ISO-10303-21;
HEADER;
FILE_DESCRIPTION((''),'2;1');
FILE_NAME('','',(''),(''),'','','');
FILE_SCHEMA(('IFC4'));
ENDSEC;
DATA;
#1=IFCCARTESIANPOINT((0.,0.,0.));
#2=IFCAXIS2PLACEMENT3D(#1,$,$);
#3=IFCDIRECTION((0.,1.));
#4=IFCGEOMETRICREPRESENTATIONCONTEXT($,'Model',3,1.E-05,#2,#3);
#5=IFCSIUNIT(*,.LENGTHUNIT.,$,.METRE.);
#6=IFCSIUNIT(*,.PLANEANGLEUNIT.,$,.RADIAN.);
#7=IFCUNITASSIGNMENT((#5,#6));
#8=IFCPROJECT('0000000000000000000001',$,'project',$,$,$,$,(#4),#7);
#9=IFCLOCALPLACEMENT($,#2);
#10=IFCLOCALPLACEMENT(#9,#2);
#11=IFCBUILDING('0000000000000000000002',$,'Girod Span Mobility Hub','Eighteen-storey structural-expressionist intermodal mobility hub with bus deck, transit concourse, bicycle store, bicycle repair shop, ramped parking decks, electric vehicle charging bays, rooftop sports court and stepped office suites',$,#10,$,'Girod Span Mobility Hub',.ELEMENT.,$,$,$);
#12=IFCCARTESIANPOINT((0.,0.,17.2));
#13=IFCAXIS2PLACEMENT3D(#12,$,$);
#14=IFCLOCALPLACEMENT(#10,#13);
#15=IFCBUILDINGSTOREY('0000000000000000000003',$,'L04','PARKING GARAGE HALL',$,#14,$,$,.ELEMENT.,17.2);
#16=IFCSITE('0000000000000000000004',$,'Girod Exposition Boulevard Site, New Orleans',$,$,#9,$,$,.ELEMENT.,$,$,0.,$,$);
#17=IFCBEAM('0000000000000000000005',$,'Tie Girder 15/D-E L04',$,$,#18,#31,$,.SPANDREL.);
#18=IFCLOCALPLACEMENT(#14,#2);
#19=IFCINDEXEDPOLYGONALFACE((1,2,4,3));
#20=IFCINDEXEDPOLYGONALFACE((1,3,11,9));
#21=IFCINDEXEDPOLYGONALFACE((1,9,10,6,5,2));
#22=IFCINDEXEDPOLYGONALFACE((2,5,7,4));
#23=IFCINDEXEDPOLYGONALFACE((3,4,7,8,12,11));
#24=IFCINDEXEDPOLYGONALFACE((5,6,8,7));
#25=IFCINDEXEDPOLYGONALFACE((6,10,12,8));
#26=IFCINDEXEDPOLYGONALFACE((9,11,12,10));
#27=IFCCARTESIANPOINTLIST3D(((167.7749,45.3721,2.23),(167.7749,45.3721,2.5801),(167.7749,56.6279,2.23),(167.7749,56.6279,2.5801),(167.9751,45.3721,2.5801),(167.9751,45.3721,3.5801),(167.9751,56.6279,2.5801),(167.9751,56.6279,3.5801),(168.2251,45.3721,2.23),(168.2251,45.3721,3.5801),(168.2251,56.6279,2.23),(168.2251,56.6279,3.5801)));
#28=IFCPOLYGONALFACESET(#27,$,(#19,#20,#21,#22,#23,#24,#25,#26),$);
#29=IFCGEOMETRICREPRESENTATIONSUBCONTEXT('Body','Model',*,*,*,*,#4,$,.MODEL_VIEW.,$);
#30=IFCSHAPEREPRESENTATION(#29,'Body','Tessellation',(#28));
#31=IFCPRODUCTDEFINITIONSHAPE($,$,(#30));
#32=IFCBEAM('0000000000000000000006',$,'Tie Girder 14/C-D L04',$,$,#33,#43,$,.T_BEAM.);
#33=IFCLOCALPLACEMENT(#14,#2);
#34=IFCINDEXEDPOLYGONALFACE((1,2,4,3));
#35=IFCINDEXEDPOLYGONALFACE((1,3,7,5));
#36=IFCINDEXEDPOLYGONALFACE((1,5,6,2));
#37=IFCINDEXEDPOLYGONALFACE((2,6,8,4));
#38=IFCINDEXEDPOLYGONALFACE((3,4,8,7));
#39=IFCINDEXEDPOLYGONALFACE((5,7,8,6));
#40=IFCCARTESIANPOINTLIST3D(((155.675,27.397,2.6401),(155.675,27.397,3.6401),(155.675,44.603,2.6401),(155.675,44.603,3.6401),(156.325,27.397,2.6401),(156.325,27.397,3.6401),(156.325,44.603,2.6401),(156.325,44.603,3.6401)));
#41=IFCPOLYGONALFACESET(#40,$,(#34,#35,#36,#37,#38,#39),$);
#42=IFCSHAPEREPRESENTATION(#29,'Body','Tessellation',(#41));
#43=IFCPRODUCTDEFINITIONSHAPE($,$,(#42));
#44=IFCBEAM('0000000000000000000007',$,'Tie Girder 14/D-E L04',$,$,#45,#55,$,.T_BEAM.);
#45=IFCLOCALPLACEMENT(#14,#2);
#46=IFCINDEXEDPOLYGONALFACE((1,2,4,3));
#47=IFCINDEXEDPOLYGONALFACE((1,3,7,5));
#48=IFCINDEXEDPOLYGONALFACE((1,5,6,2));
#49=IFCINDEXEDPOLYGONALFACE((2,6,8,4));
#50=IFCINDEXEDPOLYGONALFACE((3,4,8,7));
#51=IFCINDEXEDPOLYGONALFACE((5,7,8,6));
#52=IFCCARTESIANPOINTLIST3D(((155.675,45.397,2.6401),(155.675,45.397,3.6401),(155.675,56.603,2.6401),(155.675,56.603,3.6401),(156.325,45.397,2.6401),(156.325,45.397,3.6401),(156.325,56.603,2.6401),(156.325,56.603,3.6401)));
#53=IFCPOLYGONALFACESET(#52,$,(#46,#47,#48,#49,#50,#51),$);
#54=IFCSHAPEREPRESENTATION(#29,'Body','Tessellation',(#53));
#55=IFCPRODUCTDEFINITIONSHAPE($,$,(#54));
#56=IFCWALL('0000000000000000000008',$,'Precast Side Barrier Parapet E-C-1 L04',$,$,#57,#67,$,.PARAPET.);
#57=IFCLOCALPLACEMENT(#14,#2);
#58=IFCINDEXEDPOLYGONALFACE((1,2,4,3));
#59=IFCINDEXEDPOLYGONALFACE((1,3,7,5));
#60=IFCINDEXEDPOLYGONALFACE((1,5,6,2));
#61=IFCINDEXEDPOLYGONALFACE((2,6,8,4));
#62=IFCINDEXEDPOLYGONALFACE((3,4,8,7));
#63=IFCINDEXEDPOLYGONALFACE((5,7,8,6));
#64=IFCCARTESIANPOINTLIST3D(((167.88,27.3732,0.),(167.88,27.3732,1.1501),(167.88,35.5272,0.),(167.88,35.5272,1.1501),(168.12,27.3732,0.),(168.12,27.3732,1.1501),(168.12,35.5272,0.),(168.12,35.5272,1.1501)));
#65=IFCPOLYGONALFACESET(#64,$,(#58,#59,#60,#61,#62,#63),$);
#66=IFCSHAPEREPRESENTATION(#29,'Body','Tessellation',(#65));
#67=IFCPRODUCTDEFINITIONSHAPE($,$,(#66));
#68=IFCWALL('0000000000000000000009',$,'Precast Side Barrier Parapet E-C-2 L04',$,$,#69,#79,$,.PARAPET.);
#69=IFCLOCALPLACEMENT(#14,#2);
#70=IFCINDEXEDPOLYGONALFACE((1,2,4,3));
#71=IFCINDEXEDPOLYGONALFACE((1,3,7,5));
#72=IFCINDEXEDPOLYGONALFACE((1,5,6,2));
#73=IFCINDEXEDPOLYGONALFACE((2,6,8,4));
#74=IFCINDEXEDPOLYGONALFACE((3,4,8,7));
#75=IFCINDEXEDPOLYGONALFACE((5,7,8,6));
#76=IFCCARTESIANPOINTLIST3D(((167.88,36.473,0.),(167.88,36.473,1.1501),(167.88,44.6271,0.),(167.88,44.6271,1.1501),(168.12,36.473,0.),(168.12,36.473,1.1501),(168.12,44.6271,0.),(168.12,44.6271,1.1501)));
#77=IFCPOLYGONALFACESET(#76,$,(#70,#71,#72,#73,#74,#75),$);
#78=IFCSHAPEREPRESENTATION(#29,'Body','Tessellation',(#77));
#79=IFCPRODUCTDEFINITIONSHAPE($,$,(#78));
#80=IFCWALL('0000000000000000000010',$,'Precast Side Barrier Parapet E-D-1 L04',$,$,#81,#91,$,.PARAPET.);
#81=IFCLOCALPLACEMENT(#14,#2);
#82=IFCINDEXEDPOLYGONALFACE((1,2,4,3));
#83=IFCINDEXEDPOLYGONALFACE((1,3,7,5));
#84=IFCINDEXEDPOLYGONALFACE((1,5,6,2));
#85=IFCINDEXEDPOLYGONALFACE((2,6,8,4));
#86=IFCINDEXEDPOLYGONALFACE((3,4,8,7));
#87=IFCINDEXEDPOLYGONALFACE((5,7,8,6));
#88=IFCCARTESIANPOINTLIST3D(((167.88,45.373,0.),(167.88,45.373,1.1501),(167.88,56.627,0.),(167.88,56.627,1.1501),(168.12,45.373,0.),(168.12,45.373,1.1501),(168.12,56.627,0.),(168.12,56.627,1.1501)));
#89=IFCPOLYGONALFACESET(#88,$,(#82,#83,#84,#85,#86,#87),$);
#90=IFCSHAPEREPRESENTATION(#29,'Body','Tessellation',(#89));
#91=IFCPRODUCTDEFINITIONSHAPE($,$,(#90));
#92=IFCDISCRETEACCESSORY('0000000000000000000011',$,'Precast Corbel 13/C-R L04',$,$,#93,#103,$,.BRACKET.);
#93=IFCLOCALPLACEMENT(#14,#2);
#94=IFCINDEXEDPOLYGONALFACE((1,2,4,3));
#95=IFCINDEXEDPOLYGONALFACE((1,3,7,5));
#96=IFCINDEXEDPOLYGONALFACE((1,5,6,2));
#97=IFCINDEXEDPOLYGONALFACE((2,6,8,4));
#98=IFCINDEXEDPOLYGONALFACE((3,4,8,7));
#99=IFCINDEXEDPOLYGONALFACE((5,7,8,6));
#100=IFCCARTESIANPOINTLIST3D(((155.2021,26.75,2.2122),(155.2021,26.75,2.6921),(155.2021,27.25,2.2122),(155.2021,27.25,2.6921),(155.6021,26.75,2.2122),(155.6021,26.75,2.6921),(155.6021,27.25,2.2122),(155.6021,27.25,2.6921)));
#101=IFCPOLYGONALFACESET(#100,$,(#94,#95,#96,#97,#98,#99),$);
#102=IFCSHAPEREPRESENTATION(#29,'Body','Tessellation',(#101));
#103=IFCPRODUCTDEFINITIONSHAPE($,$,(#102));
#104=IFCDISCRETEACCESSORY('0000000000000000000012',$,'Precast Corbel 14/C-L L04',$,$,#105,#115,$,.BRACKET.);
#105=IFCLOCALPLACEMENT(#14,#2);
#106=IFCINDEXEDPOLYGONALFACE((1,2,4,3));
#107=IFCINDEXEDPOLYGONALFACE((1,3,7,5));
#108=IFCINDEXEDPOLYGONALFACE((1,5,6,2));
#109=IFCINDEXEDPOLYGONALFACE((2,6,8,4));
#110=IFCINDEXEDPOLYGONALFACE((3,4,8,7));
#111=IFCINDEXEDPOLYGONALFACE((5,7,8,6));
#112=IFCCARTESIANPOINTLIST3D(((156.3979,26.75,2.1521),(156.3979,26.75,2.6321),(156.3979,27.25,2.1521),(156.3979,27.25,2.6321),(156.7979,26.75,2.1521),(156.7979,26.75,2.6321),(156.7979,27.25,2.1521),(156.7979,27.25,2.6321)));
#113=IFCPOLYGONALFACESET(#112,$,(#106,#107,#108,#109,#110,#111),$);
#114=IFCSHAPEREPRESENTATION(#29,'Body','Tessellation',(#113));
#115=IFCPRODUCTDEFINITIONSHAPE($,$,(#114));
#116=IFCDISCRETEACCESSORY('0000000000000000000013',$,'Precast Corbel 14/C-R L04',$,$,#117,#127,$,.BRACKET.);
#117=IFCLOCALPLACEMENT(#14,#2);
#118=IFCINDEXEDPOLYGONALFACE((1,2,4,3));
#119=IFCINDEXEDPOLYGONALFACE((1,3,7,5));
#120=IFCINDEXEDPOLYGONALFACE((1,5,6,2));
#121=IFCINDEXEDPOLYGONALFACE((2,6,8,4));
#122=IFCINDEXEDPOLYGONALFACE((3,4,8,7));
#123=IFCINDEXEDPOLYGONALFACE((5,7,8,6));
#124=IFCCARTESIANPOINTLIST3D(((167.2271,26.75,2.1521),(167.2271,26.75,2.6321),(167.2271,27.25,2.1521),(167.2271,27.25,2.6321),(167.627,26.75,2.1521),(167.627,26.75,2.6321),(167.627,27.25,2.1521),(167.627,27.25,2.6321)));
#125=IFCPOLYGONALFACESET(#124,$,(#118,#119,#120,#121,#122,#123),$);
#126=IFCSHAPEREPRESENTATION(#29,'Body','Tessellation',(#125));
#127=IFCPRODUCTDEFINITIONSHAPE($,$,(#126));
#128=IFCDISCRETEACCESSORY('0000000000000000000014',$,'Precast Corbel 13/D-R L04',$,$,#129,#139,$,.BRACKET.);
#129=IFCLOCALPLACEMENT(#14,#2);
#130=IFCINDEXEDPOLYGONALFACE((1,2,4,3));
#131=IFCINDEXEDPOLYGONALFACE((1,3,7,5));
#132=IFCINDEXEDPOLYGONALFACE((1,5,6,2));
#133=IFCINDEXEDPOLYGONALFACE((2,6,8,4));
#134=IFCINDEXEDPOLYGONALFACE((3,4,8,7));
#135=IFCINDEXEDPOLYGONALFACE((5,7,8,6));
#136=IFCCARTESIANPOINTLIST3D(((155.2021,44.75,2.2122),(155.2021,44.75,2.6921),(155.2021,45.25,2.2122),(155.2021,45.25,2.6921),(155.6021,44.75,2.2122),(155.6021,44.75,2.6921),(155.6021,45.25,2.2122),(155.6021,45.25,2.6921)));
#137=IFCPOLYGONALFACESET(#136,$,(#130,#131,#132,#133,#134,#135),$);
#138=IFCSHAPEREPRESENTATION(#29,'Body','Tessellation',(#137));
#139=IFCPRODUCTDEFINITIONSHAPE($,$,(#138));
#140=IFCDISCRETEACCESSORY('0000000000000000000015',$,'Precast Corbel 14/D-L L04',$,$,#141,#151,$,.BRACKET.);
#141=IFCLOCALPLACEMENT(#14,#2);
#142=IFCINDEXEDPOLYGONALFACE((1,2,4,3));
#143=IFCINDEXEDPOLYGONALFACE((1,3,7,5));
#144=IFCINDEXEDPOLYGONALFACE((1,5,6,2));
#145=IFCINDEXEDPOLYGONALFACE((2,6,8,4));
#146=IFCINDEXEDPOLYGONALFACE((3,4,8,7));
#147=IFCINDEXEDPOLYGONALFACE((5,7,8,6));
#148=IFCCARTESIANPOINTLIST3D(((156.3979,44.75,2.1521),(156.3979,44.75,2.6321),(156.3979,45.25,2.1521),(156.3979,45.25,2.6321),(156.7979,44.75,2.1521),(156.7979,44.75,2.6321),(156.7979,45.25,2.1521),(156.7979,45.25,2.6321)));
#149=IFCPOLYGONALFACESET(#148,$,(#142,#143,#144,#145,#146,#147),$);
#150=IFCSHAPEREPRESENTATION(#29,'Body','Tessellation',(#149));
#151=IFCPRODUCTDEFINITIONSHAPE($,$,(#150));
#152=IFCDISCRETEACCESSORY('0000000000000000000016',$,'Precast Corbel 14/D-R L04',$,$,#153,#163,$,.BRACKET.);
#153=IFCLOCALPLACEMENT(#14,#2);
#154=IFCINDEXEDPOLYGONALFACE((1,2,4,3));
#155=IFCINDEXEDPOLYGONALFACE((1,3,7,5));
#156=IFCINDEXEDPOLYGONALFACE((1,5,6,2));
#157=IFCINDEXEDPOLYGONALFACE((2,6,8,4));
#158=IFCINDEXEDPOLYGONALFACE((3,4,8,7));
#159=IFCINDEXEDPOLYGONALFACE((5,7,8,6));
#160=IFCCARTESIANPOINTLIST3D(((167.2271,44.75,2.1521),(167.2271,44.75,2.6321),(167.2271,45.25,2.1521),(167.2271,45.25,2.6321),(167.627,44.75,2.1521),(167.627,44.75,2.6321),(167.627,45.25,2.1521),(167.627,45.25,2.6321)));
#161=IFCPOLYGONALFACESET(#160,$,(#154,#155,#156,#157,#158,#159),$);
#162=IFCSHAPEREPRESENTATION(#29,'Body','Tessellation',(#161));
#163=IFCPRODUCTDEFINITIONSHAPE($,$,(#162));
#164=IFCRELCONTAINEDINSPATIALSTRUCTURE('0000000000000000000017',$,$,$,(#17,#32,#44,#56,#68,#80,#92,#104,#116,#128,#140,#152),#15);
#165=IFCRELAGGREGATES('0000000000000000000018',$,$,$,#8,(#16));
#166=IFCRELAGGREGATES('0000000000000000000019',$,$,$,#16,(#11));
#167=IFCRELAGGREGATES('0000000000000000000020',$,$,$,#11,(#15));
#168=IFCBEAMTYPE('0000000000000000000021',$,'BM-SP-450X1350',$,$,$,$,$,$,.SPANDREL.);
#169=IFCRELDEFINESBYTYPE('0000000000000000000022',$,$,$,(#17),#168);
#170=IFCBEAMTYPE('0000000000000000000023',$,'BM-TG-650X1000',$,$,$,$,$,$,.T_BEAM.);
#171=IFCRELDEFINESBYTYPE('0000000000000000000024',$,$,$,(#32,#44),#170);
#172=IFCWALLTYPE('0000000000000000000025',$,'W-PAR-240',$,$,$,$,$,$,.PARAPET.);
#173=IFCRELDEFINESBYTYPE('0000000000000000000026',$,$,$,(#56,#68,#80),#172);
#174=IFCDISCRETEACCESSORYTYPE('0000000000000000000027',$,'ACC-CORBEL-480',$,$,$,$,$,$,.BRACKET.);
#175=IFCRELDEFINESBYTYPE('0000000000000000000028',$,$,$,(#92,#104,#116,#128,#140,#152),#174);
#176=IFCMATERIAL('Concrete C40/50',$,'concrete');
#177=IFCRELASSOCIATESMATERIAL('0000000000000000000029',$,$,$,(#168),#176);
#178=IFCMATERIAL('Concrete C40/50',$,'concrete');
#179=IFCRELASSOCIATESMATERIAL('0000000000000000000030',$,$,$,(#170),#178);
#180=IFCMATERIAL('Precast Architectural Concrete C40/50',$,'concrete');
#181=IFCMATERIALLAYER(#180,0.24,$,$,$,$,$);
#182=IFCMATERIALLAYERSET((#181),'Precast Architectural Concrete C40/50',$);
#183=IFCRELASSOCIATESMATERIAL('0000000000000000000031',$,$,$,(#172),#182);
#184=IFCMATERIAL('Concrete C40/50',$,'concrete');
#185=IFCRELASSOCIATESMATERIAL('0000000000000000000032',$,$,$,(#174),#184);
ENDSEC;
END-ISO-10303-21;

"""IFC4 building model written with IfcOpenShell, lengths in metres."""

from ifc_helpers import new_model, si_unit, direction, frame, frame_2d, origin, origin_2d, place, context, subcontext, project, spatial, polyline, rectangle, outline, extrude, material, layer, layer_set, material_profile, profile_set, type_object, element, save


model = new_model("IFC4")

# Units and contexts
model_context = context("Model", 3, precision=1e-05, world=origin(), true_north=direction((0.0, 1.0)))
body_context = subcontext(model_context, "Body", "Model", "MODEL_VIEW")
ifc_project = project(units=[si_unit("LENGTHUNIT", "METRE"), si_unit("PLANEANGLEUNIT", "RADIAN")], contexts=[model_context])

# Site, building, storey
site_placement = place(None, origin())
site = spatial("IfcSite", under=ifc_project, at=site_placement, Name="Girod Exposition Boulevard Site, New Orleans", CompositionType="ELEMENT", RefElevation=0.0)
building_placement = place(site_placement, origin())
building = spatial("IfcBuilding", under=site, at=building_placement, Name="Girod Span Mobility Hub", Description="Eighteen-storey structural-expressionist intermodal mobility hub with bus deck, transit concourse, bicycle store, bicycle repair shop, ramped parking decks, electric vehicle charging bays, rooftop sports court and stepped office suites", LongName="Girod Span Mobility Hub", CompositionType="ELEMENT")
storey_placement = place(building_placement, frame((0.0, 0.0, 17.2)))
storey = spatial("IfcBuildingStorey", under=building, at=storey_placement, Name="L04", Description="PARKING GARAGE HALL", CompositionType="ELEMENT", Elevation=17.2)

# Beams
ifc_material_1 = material(Name="Concrete C40/50", Category="concrete")
ifc_material_profile_1 = material_profile(ifc_material_1, outline(polyline([(-0.2251, -0.675), (0.2251, -0.675), (0.2251, -0.325), (0.0249, -0.325), (0.0249, 0.675), (-0.2251, 0.675), (-0.2251, -0.675)])), Name="SP-450X1350")
ifc_profile_set_1 = profile_set([ifc_material_profile_1], Name="Concrete C40/50")
beam_type_1 = type_object("IfcBeamType", Name="BM-SP-450X1350", PredefinedType="SPANDREL", material=ifc_profile_set_1)
beam_1_placement = place(storey_placement, frame((168.0, 45.3721, 2.905), z_axis=(0.0, 1.0, 0.0), x_axis=(-1.0, 0.0, 0.0)))
element("IfcBeam", 1, at=beam_1_placement, inside=storey, type_object=beam_type_1, Name="Tie Girder 15/D-E L04", PredefinedType="SPANDREL", context=body_context, shape_type="SweptSolid", body=[
    extrude(outline(polyline([(-0.2251, -0.675), (0.2251, -0.675), (0.2251, -0.325), (0.0249, -0.325), (0.0249, 0.675), (-0.2251, 0.675), (-0.2251, -0.675)])), origin(), (0.0, 0.0, 1.0), 11.2559),
])
ifc_material_2 = material(Name="Concrete C40/50", Category="concrete")
ifc_material_profile_2 = material_profile(ifc_material_2, rectangle(XDim=0.6499, YDim=1.0, at=origin_2d()), Name="TG-650X1000")
ifc_profile_set_2 = profile_set([ifc_material_profile_2], Name="Concrete C40/50")
beam_type_2 = type_object("IfcBeamType", Name="BM-TG-650X1000", PredefinedType="T_BEAM", material=ifc_profile_set_2)
beam_2_placement = place(storey_placement, frame((156.0, 27.397, 3.1401), z_axis=(0.0, 1.0, 0.0), x_axis=(-1.0, 0.0, 0.0)))
element("IfcBeam", 2, at=beam_2_placement, inside=storey, type_object=beam_type_2, Name="Tie Girder 14/C-D L04", PredefinedType="T_BEAM", context=body_context, shape_type="SweptSolid", body=[
    extrude(rectangle(XDim=0.6499, YDim=1.0, at=origin_2d()), origin(), (0.0, 0.0, 1.0), 17.2061),
])
beam_3_placement = place(storey_placement, frame((156.0, 45.397, 3.1401), z_axis=(0.0, 1.0, 0.0), x_axis=(-1.0, 0.0, 0.0)))
element("IfcBeam", 3, at=beam_3_placement, inside=storey, type_object=beam_type_2, Name="Tie Girder 14/D-E L04", PredefinedType="T_BEAM", context=body_context, shape_type="SweptSolid", body=[
    extrude(rectangle(XDim=0.6499, YDim=1.0, at=origin_2d()), origin(), (0.0, 0.0, 1.0), 11.2061),
])

# Walls
ifc_material_3 = material(Name="Precast Architectural Concrete C40/50", Category="concrete")
ifc_layer = layer(ifc_material_3, 0.24)
ifc_layer_set = layer_set([ifc_layer], Name="Precast Architectural Concrete C40/50")
wall_type = type_object("IfcWallType", Name="W-PAR-240", PredefinedType="PARAPET", material=ifc_layer_set)
for number, where, z_axis, x_axis, name in (
    (4, (168.0, 27.373, 0.0), (0.0, 0.0, 1.0), (0.0, 1.0, 0.0), "Precast Side Barrier Parapet E-C-1 L04"),
    (5, (168.0, 36.4729, 0.0), (0.0, 0.0, 1.0), (0.0, 1.0, 0.0), "Precast Side Barrier Parapet E-C-2 L04"),
):
    element("IfcWall", number, at=place(storey_placement, frame(where, z_axis=z_axis, x_axis=x_axis)), inside=storey, type_object=wall_type, Name=name, PredefinedType="PARAPET", context=body_context, shape_type="SweptSolid", body=[
        extrude(rectangle(XDim=8.1541, YDim=0.24, at=frame_2d((4.0771, 0.0))), origin(), (0.0, 0.0, 1.0), 1.1501),
    ])
wall_placement = place(storey_placement, frame((168.0, 45.373, 0.0), z_axis=(0.0, 0.0, 1.0), x_axis=(0.0, 1.0, 0.0)))
element("IfcWall", 6, at=wall_placement, inside=storey, type_object=wall_type, Name="Precast Side Barrier Parapet E-D-1 L04", PredefinedType="PARAPET", context=body_context, shape_type="SweptSolid", body=[
    extrude(rectangle(XDim=11.2539, YDim=0.24, at=frame_2d((5.627, 0.0))), origin(), (0.0, 0.0, 1.0), 1.1501),
])

# Discrete accessories
ifc_material_4 = material(Name="Concrete C40/50", Category="concrete")
discrete_accessory_type = type_object("IfcDiscreteAccessoryType", Name="ACC-CORBEL-480", PredefinedType="BRACKET", material=ifc_material_4)
for number, where, z_axis, x_axis, name in (
    (7, (155.4021, 27.0, 2.2122), (0.0, 0.0, 1.0), (1.0, 0.0, 0.0), "Precast Corbel 13/C-R L04"),
    (8, (156.5979, 27.0, 2.1521), (0.0, 0.0, 1.0), (1.0, 0.0, 0.0), "Precast Corbel 14/C-L L04"),
    (9, (167.427, 27.0, 2.1521), (0.0, 0.0, 1.0), (1.0, 0.0, 0.0), "Precast Corbel 14/C-R L04"),
    (10, (155.4021, 45.0, 2.2122), (0.0, 0.0, 1.0), (1.0, 0.0, 0.0), "Precast Corbel 13/D-R L04"),
    (11, (156.5979, 45.0, 2.1521), (0.0, 0.0, 1.0), (1.0, 0.0, 0.0), "Precast Corbel 14/D-L L04"),
    (12, (167.427, 45.0, 2.1521), (0.0, 0.0, 1.0), (1.0, 0.0, 0.0), "Precast Corbel 14/D-R L04"),
):
    element("IfcDiscreteAccessory", number, at=place(storey_placement, frame(where, z_axis=z_axis, x_axis=x_axis)), inside=storey, type_object=discrete_accessory_type, Name=name, PredefinedType="BRACKET", context=body_context, shape_type="SweptSolid", body=[
        extrude(rectangle(XDim=0.3999, YDim=0.5, at=origin_2d()), origin(), (0.0, 0.0, 1.0), 0.48),
    ])

save(model, "model.ifc")
